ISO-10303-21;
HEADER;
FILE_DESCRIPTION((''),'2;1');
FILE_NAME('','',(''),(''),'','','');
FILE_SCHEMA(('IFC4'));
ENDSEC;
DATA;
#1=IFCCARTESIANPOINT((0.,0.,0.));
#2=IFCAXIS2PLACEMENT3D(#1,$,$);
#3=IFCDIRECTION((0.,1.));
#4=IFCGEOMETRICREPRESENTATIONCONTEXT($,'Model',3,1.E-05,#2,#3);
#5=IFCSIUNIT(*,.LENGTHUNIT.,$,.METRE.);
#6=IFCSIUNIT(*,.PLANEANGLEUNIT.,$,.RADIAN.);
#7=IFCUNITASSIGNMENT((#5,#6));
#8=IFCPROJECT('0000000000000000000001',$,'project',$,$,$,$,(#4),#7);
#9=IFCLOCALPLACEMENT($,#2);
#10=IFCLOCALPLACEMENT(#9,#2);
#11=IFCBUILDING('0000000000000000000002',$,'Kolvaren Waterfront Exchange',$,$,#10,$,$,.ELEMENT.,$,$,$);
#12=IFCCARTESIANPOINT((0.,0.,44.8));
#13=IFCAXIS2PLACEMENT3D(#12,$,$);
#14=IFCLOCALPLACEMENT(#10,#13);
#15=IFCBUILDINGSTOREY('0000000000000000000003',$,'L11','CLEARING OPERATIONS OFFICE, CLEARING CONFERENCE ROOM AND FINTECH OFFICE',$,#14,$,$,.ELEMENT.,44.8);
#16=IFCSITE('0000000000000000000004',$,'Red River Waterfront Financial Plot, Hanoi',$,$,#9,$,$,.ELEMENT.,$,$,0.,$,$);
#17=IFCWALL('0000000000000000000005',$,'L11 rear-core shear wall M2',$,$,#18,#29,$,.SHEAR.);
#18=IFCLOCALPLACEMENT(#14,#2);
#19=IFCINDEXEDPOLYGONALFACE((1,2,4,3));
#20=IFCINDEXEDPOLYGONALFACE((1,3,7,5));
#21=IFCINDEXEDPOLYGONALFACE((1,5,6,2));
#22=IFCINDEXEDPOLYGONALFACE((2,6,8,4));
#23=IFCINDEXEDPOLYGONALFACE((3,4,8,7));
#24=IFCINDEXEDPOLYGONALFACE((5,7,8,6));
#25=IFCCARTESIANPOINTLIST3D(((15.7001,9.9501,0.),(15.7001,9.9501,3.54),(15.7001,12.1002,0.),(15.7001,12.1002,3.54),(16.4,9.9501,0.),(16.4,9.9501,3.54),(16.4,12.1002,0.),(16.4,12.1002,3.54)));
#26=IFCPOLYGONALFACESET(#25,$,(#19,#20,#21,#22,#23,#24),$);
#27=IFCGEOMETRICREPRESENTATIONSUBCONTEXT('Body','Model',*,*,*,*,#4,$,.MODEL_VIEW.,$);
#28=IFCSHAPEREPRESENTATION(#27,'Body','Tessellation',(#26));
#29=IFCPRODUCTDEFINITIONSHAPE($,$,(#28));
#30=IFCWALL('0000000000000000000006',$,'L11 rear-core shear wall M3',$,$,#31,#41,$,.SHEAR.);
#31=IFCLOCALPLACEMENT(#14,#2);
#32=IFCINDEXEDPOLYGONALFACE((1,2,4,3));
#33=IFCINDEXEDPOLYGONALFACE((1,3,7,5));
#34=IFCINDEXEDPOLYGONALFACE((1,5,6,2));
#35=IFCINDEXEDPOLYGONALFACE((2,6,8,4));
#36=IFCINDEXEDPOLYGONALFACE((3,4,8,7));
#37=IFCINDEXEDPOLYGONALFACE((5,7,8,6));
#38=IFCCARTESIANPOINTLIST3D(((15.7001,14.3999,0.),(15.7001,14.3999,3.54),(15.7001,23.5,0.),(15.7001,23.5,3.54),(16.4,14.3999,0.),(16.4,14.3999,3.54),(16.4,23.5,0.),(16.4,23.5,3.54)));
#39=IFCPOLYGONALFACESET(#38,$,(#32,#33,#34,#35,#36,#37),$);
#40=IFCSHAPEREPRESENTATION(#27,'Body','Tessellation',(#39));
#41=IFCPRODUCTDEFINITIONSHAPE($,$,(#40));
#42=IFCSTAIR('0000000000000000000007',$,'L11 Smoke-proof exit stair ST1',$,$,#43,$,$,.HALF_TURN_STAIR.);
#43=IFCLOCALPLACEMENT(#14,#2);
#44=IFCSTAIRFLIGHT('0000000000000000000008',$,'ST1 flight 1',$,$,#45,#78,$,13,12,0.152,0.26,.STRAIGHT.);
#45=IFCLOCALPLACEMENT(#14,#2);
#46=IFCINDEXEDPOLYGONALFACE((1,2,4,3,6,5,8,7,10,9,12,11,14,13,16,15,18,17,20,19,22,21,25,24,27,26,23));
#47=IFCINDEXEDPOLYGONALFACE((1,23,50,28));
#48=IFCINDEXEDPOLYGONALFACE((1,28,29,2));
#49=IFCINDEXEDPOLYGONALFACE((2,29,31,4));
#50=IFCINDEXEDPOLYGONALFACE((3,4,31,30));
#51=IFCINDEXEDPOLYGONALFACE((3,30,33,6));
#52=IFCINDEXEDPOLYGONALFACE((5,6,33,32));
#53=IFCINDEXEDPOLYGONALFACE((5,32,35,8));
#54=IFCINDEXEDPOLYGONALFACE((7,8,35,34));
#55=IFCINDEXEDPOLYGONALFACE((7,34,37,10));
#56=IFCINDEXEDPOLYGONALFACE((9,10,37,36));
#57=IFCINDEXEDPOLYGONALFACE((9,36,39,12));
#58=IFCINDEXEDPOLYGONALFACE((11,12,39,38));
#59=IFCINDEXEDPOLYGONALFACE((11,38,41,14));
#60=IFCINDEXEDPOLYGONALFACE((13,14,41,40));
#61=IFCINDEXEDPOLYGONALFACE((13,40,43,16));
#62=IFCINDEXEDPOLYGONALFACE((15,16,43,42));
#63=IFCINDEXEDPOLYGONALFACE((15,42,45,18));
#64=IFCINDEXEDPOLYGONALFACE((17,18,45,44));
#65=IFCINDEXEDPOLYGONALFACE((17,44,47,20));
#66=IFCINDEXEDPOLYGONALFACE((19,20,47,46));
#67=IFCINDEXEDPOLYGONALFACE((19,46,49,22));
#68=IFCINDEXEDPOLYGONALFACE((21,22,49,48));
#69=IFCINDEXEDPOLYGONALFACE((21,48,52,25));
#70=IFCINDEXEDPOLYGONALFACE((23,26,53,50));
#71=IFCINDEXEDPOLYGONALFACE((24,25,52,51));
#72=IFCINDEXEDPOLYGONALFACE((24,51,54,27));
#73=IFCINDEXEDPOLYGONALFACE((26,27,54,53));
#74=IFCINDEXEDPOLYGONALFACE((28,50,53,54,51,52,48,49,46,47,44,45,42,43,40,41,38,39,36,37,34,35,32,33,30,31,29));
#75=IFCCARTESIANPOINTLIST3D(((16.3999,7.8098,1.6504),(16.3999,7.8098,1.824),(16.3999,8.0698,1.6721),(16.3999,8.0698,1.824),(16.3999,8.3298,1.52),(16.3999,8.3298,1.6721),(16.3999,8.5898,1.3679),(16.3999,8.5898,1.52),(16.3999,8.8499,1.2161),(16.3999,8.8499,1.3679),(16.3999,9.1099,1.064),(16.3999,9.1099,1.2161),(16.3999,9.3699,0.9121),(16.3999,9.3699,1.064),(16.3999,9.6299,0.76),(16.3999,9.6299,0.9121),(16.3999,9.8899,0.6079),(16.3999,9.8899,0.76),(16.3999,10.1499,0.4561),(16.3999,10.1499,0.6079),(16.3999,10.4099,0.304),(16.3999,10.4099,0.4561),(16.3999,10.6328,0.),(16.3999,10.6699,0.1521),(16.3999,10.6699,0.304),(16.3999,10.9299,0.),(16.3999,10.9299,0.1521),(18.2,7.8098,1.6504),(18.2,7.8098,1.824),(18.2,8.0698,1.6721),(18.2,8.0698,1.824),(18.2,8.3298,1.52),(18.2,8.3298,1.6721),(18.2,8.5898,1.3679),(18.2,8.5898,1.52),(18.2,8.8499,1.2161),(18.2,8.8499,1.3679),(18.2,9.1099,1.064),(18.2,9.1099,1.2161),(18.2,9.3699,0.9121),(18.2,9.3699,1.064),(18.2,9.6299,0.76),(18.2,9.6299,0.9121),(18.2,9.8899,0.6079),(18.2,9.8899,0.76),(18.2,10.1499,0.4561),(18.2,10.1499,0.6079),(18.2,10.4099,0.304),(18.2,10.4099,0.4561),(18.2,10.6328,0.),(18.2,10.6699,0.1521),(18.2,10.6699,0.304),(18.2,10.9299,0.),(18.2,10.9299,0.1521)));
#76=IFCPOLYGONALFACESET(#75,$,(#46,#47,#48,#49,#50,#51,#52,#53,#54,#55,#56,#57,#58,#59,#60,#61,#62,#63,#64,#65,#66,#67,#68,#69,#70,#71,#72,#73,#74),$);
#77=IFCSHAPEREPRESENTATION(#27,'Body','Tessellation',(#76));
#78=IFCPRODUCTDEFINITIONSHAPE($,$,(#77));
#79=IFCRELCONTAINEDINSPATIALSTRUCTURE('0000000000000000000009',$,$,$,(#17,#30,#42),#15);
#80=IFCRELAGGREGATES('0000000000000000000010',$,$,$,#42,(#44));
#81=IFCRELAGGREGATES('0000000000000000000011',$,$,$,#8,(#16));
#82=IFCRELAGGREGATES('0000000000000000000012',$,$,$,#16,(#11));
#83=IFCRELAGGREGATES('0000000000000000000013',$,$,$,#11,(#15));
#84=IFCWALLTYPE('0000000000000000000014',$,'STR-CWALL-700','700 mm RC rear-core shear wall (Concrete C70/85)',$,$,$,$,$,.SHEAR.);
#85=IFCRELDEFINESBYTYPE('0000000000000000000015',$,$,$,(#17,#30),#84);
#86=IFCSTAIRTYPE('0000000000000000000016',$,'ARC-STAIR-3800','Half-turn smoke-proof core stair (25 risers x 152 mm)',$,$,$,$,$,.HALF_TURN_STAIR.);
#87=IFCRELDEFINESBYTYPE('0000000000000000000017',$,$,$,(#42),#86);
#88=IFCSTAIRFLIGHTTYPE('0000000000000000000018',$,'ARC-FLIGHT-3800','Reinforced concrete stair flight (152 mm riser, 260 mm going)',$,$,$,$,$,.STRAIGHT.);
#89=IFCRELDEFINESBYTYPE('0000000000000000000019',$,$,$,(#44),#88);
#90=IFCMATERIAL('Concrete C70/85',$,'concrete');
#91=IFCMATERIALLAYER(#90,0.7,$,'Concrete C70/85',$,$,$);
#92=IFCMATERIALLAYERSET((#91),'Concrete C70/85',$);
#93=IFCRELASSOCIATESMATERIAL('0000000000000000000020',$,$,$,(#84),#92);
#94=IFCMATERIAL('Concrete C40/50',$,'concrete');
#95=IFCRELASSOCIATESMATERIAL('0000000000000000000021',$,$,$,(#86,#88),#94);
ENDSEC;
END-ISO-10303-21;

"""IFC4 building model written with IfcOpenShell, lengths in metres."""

from ifc_helpers import new_model, si_unit, direction, frame, frame_2d, origin, place, context, subcontext, project, spatial, polyline, rectangle, outline, extrude, material, layer, layer_set, type_object, element, aggregate, save


model = new_model("IFC4")

# Units and contexts
model_context = context("Model", 3, precision=1e-05, world=origin(), true_north=direction((0.0, 1.0)))
body_context = subcontext(model_context, "Body", "Model", "MODEL_VIEW")
ifc_project = project(units=[si_unit("LENGTHUNIT", "METRE"), si_unit("PLANEANGLEUNIT", "RADIAN")], contexts=[model_context])

# Site, building, storey
site_placement = place(None, origin())
site = spatial("IfcSite", under=ifc_project, at=site_placement, Name="Red River Waterfront Financial Plot, Hanoi", CompositionType="ELEMENT", RefElevation=0.0)
building_placement = place(site_placement, origin())
building = spatial("IfcBuilding", under=site, at=building_placement, Name="Kolvaren Waterfront Exchange", CompositionType="ELEMENT")
storey_placement = place(building_placement, frame((0.0, 0.0, 44.8)))
storey = spatial("IfcBuildingStorey", under=building, at=storey_placement, Name="L11", Description="CLEARING OPERATIONS OFFICE, CLEARING CONFERENCE ROOM AND FINTECH OFFICE", CompositionType="ELEMENT", Elevation=44.8)

# Walls
ifc_material_1 = material(Name="Concrete C40/50", Category="concrete")
ifc_material_2 = material(Name="Concrete C70/85", Category="concrete")
ifc_layer_1 = layer(ifc_material_2, 0.7, Name="Concrete C70/85")
ifc_layer_set_1 = layer_set([ifc_layer_1], Name="Concrete C70/85")
wall_type_1 = type_object("IfcWallType", Name="STR-CWALL-700", Description="700 mm RC rear-core shear wall (Concrete C70/85)", PredefinedType="SHEAR", material=ifc_layer_set_1)
wall_1_placement = place(storey_placement, frame((16.05, 9.95, 0.0), z_axis=(0.0, 0.0, 1.0), x_axis=(0.0, 1.0, 0.0)))
element("IfcWall", 1, at=wall_1_placement, inside=storey, type_object=wall_type_1, Name="L11 rear-core shear wall M2", PredefinedType="SHEAR", context=body_context, shape_type="SweptSolid", body=[
    extrude(rectangle(XDim=2.1501, YDim=0.7, at=frame_2d((1.0752, 0.0))), origin(), (0.0, 0.0, 1.0), 3.54),
])
wall_2_placement = place(storey_placement, frame((16.05, 14.3999, 0.0), z_axis=(0.0, 0.0, 1.0), x_axis=(0.0, 1.0, 0.0)))
element("IfcWall", 2, at=wall_2_placement, inside=storey, type_object=wall_type_1, Name="L11 rear-core shear wall M3", PredefinedType="SHEAR", context=body_context, shape_type="SweptSolid", body=[
    extrude(rectangle(XDim=9.1001, YDim=0.7, at=frame_2d((4.55, 0.0))), origin(), (0.0, 0.0, 1.0), 3.54),
])

# Stair, stair flight
stair_type = type_object("IfcStairType", Name="ARC-STAIR-3800", Description="Half-turn smoke-proof core stair (25 risers x 152 mm)", PredefinedType="HALF_TURN_STAIR", material=ifc_material_1)
stair_placement = place(storey_placement, origin())
stair = element("IfcStair", 3, at=stair_placement, inside=storey, type_object=stair_type, Name="L11 Smoke-proof exit stair ST1", PredefinedType="HALF_TURN_STAIR")
stair_flight_type = type_object("IfcStairFlightType", Name="ARC-FLIGHT-3800", Description="Reinforced concrete stair flight (152 mm riser, 260 mm going)", PredefinedType="STRAIGHT", material=ifc_material_1)
stair_flight_placement = place(storey_placement, frame((17.3, 10.9299, 0.0), z_axis=(0.0, 0.0, 1.0), x_axis=(0.0, -1.0, 0.0)))
stair_flight = element("IfcStairFlight", 4, at=stair_flight_placement, type_object=stair_flight_type, Name="ST1 flight 1", NumberOfRisers=13, NumberOfTreads=12, PredefinedType="STRAIGHT", RiserHeight=0.152, TreadLength=0.26, context=body_context, shape_type="SweptSolid", body=[
    extrude(outline(polyline([(0.0, 0.0), (0.0, 0.1521), (0.26, 0.1521), (0.26, 0.304), (0.52, 0.304), (0.52, 0.4561), (0.78, 0.4561), (0.78, 0.6079), (1.04, 0.6079), (1.04, 0.76), (1.3, 0.76), (1.3, 0.9121), (1.5601, 0.9121), (1.5601, 1.064), (1.8201, 1.064), (1.8201, 1.2161), (2.0801, 1.2161), (2.0801, 1.3679), (2.3401, 1.3679), (2.3401, 1.52), (2.6001, 1.52), (2.6001, 1.6721), (2.8601, 1.6721), (2.8601, 1.824), (3.1201, 1.824), (3.1201, 1.9761), (3.1201, 1.6504), (0.2971, 0.0), (0.0, 0.0)])), frame((0.0, 0.8999, 0.0), z_axis=(0.0, -1.0, 0.0), x_axis=(1.0, 0.0, 0.0)), (0.0, 0.0, 1.0), 1.8),
])
aggregate(stair, [stair_flight])

save(model, "model.ifc")
